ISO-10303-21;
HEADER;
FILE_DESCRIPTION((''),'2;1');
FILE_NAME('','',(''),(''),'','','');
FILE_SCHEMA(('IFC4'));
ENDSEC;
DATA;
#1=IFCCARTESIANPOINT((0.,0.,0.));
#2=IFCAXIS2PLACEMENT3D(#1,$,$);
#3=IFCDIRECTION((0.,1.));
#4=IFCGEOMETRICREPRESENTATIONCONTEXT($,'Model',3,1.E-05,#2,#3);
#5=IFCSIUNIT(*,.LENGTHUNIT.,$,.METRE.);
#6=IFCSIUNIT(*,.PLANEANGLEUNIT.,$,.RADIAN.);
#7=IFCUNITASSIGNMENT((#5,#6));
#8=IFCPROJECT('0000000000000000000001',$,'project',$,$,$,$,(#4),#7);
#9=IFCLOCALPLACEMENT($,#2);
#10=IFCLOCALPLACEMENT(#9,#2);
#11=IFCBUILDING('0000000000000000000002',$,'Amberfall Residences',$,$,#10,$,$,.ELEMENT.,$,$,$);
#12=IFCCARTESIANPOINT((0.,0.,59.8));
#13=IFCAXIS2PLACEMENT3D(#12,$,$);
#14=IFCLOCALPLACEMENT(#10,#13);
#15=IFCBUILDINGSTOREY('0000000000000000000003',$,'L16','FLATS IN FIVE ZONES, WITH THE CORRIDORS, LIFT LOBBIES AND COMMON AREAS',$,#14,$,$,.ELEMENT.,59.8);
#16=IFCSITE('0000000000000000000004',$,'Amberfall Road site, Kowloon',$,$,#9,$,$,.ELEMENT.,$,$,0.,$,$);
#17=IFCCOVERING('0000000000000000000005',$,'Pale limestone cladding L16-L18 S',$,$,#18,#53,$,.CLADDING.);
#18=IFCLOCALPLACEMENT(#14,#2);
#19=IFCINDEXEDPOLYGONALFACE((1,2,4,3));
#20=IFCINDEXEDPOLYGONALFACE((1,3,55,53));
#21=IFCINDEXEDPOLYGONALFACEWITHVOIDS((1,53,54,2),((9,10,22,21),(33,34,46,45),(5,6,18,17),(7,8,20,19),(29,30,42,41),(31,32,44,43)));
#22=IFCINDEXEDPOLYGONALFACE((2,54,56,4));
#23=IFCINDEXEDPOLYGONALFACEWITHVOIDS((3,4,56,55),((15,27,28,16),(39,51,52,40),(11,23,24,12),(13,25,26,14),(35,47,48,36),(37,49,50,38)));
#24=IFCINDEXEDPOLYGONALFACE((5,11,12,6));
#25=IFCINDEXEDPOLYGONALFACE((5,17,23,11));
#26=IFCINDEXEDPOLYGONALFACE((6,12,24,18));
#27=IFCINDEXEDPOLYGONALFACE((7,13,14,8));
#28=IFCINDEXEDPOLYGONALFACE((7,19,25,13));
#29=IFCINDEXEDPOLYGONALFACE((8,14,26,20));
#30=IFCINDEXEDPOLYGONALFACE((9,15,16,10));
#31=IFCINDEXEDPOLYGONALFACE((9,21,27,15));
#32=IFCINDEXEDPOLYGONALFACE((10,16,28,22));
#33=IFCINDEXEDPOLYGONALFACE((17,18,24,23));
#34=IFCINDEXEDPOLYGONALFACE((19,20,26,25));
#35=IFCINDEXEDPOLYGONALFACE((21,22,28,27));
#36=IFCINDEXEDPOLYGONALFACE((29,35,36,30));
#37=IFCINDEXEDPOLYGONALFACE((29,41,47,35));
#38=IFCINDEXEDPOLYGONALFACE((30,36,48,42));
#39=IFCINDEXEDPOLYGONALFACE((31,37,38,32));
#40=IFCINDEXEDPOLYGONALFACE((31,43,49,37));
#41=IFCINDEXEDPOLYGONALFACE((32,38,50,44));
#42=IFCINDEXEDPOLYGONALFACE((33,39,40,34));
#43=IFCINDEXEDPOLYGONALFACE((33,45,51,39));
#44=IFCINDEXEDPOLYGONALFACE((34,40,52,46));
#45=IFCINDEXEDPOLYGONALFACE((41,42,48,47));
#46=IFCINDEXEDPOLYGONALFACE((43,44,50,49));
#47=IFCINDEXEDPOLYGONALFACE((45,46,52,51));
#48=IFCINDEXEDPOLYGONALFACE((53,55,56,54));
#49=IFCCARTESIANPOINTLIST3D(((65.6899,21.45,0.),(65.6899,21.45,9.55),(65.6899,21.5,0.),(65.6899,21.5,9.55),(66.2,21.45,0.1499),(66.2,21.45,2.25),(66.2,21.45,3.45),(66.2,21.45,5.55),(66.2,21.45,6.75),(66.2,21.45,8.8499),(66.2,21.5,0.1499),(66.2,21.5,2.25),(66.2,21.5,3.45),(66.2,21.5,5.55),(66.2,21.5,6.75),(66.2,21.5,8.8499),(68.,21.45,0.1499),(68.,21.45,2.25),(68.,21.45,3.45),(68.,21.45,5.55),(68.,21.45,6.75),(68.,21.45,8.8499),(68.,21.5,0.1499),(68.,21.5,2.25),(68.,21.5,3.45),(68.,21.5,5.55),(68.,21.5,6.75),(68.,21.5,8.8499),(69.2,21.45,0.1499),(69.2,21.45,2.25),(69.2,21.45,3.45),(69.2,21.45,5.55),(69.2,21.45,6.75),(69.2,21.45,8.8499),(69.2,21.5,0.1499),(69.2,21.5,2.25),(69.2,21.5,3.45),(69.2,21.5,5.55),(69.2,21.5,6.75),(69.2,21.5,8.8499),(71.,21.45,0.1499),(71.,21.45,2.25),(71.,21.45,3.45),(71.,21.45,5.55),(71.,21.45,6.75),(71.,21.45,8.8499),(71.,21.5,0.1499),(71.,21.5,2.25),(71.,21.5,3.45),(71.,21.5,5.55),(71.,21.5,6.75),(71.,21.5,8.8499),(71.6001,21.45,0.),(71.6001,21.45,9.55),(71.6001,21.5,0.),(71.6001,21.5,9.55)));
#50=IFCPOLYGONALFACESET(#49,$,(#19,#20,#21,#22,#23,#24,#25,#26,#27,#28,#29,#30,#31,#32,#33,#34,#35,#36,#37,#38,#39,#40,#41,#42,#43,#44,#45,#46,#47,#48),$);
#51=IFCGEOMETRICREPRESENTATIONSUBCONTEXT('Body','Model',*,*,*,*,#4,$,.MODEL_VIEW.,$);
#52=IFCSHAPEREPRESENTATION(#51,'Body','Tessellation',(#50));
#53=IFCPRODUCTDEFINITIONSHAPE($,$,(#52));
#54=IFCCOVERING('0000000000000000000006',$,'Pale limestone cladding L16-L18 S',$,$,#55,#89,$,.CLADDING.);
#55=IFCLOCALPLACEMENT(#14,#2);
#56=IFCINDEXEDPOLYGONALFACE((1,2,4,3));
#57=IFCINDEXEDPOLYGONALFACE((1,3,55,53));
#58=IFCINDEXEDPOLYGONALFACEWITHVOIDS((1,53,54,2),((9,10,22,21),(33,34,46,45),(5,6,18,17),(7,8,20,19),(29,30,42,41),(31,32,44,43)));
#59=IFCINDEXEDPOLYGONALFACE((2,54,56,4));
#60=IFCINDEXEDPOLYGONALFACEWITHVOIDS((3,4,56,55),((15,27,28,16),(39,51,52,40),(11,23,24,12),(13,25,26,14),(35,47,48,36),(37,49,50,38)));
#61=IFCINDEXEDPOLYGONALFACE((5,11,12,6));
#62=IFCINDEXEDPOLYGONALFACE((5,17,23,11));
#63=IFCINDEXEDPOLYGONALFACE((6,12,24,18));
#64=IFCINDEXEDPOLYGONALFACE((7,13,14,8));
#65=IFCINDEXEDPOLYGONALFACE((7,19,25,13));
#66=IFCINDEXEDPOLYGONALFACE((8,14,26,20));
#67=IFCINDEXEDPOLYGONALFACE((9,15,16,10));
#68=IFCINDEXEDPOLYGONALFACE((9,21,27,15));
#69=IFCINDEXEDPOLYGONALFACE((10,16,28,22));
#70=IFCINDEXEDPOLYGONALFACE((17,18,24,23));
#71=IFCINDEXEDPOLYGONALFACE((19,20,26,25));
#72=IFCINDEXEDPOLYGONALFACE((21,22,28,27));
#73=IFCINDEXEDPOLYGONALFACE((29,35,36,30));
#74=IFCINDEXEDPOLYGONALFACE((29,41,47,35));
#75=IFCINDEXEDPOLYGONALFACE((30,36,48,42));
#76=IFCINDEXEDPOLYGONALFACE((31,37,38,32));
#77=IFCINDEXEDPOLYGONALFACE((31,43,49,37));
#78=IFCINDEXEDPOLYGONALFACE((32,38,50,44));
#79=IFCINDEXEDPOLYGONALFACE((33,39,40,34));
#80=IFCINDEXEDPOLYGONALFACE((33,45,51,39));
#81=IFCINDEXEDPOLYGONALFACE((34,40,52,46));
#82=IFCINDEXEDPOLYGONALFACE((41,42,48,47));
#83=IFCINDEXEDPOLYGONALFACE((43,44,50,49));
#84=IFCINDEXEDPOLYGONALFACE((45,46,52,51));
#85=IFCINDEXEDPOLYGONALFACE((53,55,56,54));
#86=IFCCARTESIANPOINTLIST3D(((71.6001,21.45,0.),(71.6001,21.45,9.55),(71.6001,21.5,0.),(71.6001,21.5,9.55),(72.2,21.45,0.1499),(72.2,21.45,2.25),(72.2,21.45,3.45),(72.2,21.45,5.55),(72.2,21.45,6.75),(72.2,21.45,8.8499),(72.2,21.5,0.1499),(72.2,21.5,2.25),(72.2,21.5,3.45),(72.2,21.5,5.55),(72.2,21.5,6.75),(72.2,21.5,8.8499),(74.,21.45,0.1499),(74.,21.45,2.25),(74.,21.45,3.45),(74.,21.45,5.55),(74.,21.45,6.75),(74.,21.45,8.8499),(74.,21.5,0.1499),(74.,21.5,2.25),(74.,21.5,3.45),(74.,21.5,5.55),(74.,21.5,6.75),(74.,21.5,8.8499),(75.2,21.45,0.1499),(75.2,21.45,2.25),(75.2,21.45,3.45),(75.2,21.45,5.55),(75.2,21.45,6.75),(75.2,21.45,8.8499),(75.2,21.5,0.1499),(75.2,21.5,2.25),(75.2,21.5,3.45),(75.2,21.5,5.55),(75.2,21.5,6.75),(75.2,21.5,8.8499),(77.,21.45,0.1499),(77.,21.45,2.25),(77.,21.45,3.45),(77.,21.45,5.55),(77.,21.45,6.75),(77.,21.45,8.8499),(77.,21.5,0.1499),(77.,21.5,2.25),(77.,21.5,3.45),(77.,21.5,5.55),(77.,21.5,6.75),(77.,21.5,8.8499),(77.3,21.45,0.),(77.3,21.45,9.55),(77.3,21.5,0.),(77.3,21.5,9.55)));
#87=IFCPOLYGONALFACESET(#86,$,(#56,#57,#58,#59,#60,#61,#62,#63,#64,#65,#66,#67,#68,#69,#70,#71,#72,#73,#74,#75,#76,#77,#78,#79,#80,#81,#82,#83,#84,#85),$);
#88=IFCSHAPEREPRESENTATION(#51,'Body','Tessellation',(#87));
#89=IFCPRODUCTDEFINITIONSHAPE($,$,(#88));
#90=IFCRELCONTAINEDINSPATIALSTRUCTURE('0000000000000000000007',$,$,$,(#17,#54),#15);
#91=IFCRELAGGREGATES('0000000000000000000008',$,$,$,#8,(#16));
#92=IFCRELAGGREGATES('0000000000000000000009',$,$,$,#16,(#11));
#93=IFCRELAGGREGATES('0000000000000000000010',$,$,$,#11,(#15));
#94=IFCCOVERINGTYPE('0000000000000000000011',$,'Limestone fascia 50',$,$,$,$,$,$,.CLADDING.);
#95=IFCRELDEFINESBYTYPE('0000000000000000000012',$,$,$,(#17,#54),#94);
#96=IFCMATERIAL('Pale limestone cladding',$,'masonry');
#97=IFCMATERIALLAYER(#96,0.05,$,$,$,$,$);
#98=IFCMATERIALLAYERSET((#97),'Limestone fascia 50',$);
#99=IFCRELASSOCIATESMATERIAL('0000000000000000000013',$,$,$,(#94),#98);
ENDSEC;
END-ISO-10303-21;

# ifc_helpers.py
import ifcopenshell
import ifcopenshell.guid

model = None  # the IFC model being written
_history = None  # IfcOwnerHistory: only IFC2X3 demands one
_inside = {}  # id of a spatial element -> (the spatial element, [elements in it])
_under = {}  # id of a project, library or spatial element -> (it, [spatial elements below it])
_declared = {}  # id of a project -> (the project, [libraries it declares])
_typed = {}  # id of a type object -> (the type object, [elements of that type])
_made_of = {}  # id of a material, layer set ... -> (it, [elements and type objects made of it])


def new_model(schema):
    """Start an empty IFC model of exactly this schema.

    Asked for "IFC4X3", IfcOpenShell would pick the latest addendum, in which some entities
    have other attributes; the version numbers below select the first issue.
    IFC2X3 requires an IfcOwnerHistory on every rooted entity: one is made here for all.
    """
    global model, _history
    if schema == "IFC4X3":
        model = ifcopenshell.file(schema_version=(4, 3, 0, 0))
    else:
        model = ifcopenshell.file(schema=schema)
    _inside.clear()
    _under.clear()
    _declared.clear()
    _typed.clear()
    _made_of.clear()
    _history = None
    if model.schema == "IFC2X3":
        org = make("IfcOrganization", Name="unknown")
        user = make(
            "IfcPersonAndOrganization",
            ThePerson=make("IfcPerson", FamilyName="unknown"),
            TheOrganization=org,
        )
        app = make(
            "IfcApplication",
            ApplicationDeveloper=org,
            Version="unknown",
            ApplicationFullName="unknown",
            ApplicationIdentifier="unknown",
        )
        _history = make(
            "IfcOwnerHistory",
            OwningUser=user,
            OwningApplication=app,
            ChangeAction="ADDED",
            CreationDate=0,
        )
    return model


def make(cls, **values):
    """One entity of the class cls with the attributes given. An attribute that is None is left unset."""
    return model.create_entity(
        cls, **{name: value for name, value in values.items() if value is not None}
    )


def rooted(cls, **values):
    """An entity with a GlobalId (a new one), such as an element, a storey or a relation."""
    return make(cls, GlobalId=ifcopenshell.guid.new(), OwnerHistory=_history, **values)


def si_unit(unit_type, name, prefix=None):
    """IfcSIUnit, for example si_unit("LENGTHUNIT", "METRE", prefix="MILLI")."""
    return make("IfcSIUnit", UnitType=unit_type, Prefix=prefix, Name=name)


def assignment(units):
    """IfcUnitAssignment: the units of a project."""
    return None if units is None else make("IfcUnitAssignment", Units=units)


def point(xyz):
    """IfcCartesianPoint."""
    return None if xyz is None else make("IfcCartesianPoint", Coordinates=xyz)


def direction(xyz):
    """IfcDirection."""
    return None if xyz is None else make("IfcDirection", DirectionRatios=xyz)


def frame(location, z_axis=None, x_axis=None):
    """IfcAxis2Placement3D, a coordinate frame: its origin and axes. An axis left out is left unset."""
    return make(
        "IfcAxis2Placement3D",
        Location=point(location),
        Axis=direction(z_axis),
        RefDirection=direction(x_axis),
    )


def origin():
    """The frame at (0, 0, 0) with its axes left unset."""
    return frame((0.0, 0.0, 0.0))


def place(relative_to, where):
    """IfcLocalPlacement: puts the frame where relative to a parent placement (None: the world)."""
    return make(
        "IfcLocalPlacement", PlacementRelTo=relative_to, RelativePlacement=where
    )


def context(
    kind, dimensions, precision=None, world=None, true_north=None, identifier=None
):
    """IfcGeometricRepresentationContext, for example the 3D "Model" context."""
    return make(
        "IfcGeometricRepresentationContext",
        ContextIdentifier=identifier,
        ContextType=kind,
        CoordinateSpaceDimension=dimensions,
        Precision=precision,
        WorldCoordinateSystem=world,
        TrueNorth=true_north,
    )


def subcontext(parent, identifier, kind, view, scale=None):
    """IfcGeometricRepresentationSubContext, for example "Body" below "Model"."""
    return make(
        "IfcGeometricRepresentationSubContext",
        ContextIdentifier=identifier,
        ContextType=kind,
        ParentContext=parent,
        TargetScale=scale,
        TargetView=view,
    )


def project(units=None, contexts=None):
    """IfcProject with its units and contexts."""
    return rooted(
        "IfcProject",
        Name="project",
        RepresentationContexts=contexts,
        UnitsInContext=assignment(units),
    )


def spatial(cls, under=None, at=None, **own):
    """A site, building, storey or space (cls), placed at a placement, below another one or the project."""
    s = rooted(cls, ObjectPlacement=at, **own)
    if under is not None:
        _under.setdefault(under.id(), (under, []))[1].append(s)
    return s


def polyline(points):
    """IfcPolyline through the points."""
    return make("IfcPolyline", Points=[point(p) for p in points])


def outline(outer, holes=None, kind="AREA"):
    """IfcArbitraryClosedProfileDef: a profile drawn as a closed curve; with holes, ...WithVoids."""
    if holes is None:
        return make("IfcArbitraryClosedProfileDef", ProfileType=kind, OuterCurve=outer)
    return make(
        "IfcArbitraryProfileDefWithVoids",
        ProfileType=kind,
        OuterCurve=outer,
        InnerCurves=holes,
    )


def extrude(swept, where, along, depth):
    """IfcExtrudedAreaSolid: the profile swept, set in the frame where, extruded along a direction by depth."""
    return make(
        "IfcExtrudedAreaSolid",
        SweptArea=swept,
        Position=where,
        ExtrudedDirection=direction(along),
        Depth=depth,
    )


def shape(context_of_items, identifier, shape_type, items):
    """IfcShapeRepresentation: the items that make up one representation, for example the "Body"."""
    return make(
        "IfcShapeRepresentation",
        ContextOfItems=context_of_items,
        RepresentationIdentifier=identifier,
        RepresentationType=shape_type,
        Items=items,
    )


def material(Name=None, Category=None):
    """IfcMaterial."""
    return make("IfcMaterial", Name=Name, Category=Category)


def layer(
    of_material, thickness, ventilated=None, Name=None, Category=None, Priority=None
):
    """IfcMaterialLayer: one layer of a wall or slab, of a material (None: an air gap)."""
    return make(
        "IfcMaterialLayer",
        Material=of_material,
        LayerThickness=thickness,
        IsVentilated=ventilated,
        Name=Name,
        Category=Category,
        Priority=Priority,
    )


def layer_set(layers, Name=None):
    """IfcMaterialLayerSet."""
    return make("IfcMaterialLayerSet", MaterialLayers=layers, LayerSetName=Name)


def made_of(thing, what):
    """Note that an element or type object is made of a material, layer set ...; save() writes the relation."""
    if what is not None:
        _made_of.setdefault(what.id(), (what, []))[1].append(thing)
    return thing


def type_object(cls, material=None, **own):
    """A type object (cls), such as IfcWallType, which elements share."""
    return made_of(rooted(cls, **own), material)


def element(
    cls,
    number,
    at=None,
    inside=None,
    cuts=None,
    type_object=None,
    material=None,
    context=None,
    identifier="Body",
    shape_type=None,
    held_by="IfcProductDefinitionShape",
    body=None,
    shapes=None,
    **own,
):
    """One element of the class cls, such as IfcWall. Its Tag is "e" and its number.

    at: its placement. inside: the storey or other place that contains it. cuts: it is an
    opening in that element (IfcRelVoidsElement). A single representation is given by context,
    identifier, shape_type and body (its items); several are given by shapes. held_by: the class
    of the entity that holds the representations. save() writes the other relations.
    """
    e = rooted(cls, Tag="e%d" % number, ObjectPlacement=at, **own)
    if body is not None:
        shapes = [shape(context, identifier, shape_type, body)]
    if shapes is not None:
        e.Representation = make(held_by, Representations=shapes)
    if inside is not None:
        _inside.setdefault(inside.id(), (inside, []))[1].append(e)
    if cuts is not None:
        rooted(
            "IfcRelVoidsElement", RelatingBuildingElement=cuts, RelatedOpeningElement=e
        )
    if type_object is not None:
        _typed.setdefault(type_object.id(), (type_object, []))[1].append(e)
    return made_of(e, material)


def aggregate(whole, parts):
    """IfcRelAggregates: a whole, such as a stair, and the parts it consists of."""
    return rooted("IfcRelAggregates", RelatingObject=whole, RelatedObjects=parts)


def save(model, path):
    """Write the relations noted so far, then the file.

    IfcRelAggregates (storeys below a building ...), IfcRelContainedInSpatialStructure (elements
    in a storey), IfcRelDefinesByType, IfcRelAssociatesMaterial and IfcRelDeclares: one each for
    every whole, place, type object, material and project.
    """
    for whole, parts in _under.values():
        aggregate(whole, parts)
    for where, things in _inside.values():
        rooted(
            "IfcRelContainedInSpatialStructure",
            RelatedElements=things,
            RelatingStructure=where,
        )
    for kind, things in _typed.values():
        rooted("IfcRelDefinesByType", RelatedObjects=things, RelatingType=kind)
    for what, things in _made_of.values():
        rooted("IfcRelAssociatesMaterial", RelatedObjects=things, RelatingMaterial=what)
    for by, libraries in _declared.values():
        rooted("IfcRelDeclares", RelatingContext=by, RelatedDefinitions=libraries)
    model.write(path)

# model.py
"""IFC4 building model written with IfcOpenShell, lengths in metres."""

from ifc_helpers import new_model, si_unit, direction, frame, origin, place, context, subcontext, project, spatial, polyline, outline, extrude, material, layer, layer_set, type_object, element, save


model = new_model("IFC4")

# Units and contexts
model_context = context("Model", 3, precision=1e-05, world=origin(), true_north=direction((0.0, 1.0)))
body_context = subcontext(model_context, "Body", "Model", "MODEL_VIEW")
ifc_project = project(units=[si_unit("LENGTHUNIT", "METRE"), si_unit("PLANEANGLEUNIT", "RADIAN")], contexts=[model_context])

# Site, building, storey
site_placement = place(None, origin())
site = spatial("IfcSite", under=ifc_project, at=site_placement, Name="Amberfall Road site, Kowloon", CompositionType="ELEMENT", RefElevation=0.0)
building_placement = place(site_placement, origin())
building = spatial("IfcBuilding", under=site, at=building_placement, Name="Amberfall Residences", CompositionType="ELEMENT")
storey_placement = place(building_placement, frame((0.0, 0.0, 59.8)))
storey = spatial("IfcBuildingStorey", under=building, at=storey_placement, Name="L16", Description="FLATS IN FIVE ZONES, WITH THE CORRIDORS, LIFT LOBBIES AND COMMON AREAS", CompositionType="ELEMENT", Elevation=59.8)

# Coverings
ifc_material_1 = material(Name="Pale limestone cladding", Category="masonry")
ifc_layer_1 = layer(ifc_material_1, 0.05)
ifc_layer_set_1 = layer_set([ifc_layer_1], Name="Limestone fascia 50")
covering_type = type_object("IfcCoveringType", Name="Limestone fascia 50", PredefinedType="CLADDING", material=ifc_layer_set_1)
covering_1_placement = place(storey_placement, frame((65.6899, 21.5, 9.55), z_axis=(0.0, 1.0, 0.0), x_axis=(1.0, 0.0, 0.0)))
element("IfcCovering", 1, at=covering_1_placement, inside=storey, type_object=covering_type, Name="Pale limestone cladding L16-L18 S", PredefinedType="CLADDING", context=body_context, shape_type="SweptSolid", body=[
    extrude(outline(polyline([(0.0, 0.0), (5.9102, 0.0), (5.9102, 9.55), (0.0, 9.55), (0.0, 0.0)]), holes=[polyline([(0.51, 7.3), (2.3101, 7.3), (2.3101, 9.4001), (0.51, 9.4001), (0.51, 7.3)]), polyline([(3.51, 7.3), (5.3101, 7.3), (5.3101, 9.4001), (3.51, 9.4001), (3.51, 7.3)]), polyline([(0.51, 4.0), (2.3101, 4.0), (2.3101, 6.1001), (0.51, 6.1001), (0.51, 4.0)]), polyline([(3.51, 4.0), (5.3101, 4.0), (5.3101, 6.1001), (3.51, 6.1001), (3.51, 4.0)]), polyline([(0.51, 0.7002), (2.3101, 0.7002), (2.3101, 2.8), (0.51, 2.8), (0.51, 0.7002)]), polyline([(3.51, 0.7002), (5.3101, 0.7002), (5.3101, 2.8), (3.51, 2.8), (3.51, 0.7002)])]), origin(), (0.0, 0.0, -1.0), 0.05),
])
covering_2_placement = place(storey_placement, frame((71.6001, 21.5, 9.55), z_axis=(0.0, 1.0, 0.0), x_axis=(1.0, 0.0, 0.0)))
element("IfcCovering", 2, at=covering_2_placement, inside=storey, type_object=covering_type, Name="Pale limestone cladding L16-L18 S", PredefinedType="CLADDING", context=body_context, shape_type="SweptSolid", body=[
    extrude(outline(polyline([(0.0, 0.0), (5.7, 0.0), (5.7, 9.55), (0.0, 9.55), (0.0, 0.0)]), holes=[polyline([(0.5999, 7.3), (2.3999, 7.3), (2.3999, 9.4001), (0.5999, 9.4001), (0.5999, 7.3)]), polyline([(3.5999, 7.3), (5.3999, 7.3), (5.3999, 9.4001), (3.5999, 9.4001), (3.5999, 7.3)]), polyline([(0.5999, 4.0), (2.3999, 4.0), (2.3999, 6.1001), (0.5999, 6.1001), (0.5999, 4.0)]), polyline([(3.5999, 4.0), (5.3999, 4.0), (5.3999, 6.1001), (3.5999, 6.1001), (3.5999, 4.0)]), polyline([(0.5999, 0.7002), (2.3999, 0.7002), (2.3999, 2.8), (0.5999, 2.8), (0.5999, 0.7002)]), polyline([(3.5999, 0.7002), (5.3999, 0.7002), (5.3999, 2.8), (3.5999, 2.8), (3.5999, 0.7002)])]), origin(), (0.0, 0.0, -1.0), 0.05),
])

save(model, "model.ifc")
